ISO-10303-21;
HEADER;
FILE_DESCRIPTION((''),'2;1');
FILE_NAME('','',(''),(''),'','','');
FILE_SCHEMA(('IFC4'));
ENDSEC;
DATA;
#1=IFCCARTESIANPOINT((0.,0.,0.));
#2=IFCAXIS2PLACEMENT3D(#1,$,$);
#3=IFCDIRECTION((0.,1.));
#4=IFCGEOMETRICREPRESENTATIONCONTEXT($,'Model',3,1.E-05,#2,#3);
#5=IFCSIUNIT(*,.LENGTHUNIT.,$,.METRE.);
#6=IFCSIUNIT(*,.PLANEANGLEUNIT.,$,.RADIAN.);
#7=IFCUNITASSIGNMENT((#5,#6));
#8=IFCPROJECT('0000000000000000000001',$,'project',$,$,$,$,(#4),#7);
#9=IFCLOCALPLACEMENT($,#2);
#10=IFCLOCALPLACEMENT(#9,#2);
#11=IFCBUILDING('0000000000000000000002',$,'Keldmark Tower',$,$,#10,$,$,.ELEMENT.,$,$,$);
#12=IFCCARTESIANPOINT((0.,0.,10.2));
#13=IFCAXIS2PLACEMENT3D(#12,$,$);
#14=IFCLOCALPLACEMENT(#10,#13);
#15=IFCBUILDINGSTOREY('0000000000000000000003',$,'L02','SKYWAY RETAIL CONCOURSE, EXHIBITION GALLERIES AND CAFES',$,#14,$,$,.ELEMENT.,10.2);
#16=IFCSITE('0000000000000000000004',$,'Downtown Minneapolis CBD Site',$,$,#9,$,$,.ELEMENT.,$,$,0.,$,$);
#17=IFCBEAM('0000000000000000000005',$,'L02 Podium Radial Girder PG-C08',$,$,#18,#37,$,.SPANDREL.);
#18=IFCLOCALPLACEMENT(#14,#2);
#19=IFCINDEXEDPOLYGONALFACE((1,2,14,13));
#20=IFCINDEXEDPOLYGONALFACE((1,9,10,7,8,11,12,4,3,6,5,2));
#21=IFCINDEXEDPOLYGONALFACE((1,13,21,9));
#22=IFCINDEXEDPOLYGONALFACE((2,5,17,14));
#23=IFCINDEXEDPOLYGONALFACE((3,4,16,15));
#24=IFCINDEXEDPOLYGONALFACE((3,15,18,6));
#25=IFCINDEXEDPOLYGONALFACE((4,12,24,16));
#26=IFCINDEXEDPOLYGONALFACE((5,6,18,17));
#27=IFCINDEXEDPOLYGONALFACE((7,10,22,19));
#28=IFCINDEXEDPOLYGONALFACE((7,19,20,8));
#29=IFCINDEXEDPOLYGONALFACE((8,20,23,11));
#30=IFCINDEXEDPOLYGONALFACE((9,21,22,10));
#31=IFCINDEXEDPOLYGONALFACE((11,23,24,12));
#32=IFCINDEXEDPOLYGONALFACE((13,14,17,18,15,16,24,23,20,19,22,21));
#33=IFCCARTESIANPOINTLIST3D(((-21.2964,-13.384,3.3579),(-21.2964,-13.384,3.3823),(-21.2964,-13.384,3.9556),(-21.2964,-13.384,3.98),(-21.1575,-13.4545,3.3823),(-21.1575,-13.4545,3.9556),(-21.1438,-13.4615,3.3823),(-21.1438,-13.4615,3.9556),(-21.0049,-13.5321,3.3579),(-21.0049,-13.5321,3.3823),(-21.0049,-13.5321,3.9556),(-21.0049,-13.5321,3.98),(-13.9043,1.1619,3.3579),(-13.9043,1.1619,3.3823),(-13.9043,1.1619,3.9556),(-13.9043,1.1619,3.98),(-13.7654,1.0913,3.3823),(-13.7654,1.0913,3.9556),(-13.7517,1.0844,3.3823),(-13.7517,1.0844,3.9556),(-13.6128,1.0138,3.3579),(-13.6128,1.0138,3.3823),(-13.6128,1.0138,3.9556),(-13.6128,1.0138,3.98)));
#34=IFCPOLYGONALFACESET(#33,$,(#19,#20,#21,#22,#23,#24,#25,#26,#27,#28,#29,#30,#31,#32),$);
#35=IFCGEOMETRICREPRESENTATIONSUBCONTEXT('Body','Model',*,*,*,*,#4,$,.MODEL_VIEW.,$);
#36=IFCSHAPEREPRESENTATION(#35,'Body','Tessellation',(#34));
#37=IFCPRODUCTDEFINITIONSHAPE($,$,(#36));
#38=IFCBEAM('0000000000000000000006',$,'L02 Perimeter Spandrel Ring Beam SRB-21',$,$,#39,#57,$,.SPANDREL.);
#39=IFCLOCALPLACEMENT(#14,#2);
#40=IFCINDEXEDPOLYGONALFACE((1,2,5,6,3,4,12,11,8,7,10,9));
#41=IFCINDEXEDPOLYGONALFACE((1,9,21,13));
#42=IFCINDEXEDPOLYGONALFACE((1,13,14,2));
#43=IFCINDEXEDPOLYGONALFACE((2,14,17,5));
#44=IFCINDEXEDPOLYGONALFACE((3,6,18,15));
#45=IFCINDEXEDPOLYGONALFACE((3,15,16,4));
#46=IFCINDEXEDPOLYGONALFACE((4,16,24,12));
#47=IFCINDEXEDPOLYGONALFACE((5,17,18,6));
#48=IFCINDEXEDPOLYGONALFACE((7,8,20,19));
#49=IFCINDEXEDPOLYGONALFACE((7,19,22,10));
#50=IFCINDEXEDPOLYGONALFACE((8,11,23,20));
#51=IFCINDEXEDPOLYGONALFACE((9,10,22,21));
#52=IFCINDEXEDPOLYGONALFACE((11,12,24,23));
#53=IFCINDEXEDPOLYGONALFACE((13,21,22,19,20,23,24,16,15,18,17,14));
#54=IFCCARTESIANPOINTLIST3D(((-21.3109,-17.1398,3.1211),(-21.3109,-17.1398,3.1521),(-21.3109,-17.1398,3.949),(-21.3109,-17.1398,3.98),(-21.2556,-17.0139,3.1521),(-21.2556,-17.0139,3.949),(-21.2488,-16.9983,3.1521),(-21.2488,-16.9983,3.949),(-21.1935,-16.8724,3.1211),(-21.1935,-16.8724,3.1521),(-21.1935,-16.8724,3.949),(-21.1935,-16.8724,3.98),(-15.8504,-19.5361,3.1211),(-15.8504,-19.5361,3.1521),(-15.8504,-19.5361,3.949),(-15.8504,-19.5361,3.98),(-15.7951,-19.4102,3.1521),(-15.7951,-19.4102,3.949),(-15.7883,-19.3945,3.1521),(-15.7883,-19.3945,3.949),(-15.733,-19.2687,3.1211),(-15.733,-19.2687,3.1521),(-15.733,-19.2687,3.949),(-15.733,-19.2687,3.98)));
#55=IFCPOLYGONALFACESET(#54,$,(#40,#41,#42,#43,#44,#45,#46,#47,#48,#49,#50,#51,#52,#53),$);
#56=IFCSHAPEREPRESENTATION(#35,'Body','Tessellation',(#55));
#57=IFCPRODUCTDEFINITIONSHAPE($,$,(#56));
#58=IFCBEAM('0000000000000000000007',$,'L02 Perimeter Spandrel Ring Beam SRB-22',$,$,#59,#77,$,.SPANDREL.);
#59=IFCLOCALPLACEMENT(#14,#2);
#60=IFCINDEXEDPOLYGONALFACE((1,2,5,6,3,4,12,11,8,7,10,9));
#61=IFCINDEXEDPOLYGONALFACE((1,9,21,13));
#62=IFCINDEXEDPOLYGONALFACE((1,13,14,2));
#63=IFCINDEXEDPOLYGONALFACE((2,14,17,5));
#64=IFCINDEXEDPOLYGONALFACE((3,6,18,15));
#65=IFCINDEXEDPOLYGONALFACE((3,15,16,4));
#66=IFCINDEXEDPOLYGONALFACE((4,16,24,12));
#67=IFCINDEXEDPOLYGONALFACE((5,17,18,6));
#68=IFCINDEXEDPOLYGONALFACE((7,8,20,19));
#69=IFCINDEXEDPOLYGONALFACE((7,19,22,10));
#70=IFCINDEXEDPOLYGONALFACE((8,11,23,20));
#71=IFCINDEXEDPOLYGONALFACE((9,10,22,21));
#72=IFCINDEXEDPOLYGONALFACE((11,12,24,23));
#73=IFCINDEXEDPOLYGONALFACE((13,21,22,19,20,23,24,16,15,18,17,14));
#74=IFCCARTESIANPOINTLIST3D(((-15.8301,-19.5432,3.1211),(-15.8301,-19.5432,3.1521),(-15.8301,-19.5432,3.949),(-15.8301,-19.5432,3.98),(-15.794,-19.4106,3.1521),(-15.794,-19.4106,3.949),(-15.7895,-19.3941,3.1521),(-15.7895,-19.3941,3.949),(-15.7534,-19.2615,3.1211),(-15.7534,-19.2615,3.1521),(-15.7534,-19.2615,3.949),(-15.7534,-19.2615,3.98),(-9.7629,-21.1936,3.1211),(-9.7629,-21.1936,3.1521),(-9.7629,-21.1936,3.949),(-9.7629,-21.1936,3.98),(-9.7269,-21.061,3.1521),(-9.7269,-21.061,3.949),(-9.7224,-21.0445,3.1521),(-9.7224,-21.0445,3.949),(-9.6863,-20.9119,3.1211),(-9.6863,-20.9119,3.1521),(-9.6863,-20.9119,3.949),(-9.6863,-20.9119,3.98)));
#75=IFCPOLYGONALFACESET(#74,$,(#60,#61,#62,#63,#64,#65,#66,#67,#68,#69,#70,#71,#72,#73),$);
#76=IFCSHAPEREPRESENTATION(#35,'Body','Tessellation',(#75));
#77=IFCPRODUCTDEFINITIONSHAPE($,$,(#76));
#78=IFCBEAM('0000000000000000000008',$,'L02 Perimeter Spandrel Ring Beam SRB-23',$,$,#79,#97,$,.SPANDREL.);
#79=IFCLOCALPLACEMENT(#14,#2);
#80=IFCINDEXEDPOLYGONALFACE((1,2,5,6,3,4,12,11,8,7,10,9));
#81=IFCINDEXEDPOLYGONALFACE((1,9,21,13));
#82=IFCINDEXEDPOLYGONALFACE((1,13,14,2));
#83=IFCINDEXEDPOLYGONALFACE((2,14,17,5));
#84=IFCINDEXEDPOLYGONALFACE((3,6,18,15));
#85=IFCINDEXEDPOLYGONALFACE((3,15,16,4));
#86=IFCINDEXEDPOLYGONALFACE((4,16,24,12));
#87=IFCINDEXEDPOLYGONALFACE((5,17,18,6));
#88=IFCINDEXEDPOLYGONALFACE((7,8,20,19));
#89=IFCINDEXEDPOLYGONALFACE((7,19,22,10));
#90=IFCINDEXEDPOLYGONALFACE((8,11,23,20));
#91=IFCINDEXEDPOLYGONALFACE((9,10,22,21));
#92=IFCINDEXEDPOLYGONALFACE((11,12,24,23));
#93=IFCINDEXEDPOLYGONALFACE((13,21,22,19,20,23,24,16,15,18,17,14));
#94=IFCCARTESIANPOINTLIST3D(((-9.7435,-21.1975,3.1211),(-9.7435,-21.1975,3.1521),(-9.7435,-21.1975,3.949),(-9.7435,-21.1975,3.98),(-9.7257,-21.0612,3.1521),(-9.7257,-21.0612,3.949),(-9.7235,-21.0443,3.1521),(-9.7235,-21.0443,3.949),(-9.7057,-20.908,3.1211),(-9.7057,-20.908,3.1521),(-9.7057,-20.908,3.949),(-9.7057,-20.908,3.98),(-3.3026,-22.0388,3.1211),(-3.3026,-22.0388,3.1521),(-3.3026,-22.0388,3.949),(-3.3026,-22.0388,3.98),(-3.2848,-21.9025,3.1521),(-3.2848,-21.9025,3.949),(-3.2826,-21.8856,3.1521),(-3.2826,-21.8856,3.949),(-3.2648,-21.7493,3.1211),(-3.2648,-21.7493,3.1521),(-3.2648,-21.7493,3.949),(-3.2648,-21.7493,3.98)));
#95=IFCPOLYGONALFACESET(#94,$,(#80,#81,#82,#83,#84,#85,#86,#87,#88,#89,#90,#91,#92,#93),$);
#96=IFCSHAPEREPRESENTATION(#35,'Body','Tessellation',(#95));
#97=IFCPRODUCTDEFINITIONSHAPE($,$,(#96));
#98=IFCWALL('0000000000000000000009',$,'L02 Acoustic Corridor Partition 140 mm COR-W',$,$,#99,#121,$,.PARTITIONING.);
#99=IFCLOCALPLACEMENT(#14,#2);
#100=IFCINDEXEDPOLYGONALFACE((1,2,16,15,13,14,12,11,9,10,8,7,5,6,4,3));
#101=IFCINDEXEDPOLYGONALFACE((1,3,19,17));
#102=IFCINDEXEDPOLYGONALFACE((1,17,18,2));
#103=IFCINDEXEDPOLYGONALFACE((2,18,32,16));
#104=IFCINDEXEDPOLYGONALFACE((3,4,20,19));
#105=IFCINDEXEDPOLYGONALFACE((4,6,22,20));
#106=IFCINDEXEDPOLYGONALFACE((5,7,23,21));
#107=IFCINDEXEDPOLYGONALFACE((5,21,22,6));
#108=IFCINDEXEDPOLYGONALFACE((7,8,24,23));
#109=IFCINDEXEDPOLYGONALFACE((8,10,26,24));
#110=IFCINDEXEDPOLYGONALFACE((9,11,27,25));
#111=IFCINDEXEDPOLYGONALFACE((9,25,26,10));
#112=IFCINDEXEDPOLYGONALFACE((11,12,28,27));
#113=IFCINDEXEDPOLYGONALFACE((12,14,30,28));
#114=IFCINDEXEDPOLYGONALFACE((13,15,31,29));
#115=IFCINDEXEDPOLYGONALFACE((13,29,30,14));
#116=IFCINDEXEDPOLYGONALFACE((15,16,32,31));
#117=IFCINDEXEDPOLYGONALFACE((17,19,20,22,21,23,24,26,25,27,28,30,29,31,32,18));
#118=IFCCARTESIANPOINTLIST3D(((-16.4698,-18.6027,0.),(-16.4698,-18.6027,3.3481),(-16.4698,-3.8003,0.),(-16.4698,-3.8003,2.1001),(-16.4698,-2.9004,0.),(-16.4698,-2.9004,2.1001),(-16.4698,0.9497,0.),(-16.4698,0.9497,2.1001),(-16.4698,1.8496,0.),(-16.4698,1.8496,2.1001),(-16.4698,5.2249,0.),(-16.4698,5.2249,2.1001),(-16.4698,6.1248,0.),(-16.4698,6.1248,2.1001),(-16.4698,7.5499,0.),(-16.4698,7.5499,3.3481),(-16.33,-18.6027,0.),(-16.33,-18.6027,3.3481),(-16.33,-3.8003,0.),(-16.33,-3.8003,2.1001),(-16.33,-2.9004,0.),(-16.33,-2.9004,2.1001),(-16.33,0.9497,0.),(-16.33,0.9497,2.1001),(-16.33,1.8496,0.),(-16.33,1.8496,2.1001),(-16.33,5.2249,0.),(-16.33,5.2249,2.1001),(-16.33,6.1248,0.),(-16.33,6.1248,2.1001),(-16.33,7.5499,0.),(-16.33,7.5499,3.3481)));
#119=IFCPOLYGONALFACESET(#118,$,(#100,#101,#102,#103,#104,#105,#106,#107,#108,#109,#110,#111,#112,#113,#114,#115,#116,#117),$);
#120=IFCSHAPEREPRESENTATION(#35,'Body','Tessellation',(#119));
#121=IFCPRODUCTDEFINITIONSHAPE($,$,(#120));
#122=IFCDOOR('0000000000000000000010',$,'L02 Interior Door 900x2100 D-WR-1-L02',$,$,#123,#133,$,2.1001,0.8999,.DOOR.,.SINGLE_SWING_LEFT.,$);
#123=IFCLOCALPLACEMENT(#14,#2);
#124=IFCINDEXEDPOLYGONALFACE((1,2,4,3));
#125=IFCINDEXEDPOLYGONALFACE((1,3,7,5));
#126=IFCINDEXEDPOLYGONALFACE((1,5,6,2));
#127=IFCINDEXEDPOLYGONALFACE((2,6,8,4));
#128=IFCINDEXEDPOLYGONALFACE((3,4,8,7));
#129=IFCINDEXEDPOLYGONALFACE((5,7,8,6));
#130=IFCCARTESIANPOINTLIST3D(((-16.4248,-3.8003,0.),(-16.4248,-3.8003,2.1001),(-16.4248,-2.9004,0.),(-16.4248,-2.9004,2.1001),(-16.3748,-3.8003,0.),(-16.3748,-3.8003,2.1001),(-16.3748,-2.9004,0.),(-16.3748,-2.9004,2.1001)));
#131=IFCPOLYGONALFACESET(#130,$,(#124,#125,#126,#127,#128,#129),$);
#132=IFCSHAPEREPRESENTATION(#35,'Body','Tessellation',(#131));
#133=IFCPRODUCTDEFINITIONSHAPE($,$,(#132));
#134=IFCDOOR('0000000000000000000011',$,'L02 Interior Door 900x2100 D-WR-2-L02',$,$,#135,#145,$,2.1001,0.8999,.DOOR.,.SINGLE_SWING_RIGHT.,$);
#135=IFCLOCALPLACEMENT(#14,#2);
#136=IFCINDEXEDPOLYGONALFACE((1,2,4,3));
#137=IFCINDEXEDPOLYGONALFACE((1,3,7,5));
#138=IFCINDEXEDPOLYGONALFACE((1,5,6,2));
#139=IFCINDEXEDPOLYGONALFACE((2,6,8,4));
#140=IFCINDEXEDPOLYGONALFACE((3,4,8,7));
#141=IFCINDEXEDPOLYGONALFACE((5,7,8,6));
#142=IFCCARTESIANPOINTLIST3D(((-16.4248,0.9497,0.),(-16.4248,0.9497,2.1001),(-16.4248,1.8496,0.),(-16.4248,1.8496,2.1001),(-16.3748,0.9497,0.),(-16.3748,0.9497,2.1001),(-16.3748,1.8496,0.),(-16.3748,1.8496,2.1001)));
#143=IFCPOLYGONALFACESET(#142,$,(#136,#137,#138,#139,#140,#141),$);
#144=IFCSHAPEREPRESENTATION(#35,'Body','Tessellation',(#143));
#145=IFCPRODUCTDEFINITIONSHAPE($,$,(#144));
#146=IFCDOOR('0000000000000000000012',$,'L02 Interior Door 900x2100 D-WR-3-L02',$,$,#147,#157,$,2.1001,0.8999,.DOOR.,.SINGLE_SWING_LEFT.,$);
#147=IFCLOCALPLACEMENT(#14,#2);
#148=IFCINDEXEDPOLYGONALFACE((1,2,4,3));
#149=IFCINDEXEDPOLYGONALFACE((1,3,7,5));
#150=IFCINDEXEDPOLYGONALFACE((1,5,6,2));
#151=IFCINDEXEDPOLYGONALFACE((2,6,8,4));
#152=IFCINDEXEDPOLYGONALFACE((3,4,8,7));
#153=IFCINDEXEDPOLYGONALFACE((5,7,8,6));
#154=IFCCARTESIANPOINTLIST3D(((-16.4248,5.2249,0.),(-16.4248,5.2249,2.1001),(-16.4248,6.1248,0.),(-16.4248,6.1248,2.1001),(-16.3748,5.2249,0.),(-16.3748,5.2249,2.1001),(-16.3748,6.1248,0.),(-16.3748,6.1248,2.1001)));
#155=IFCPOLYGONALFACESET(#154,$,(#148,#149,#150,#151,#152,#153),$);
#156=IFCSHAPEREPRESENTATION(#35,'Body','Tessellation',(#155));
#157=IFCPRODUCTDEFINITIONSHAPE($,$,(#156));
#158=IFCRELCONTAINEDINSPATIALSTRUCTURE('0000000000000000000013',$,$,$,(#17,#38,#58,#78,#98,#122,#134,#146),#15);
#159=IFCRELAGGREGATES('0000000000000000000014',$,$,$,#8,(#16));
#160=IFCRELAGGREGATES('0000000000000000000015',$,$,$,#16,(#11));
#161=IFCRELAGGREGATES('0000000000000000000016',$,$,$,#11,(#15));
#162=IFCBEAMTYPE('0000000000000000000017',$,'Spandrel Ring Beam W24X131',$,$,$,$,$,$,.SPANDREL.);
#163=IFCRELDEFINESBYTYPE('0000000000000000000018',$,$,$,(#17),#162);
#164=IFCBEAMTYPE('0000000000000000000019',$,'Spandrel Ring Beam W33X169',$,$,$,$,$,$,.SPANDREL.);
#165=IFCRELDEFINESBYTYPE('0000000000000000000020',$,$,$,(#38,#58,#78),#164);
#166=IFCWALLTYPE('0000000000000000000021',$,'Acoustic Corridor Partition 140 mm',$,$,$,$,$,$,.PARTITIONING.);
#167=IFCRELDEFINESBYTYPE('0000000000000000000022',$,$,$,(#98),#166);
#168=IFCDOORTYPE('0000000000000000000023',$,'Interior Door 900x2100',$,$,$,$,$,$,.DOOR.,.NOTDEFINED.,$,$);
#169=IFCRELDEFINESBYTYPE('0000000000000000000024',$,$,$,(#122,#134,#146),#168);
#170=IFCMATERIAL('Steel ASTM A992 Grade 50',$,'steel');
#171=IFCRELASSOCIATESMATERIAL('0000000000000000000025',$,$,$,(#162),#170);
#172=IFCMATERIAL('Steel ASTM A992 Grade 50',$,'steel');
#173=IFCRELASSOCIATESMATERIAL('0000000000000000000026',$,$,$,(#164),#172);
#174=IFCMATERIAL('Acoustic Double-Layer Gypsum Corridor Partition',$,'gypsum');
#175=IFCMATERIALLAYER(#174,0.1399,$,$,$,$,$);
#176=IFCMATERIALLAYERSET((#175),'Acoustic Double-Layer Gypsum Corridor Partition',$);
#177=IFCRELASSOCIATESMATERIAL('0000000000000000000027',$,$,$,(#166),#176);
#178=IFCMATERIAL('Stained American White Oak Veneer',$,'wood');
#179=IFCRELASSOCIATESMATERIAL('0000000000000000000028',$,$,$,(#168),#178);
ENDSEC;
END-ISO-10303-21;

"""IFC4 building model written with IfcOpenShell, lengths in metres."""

from ifc_helpers import new_model, si_unit, direction, frame, frame_2d, origin, origin_2d, place, context, subcontext, project, spatial, rectangle, i_section, extrude, material, layer, layer_set, material_profile, profile_set, type_object, element, fill, save


model = new_model("IFC4")

# Units and contexts
model_context = context("Model", 3, precision=1e-05, world=origin(), true_north=direction((0.0, 1.0)))
body_context = subcontext(model_context, "Body", "Model", "MODEL_VIEW")
ifc_project = project(units=[si_unit("LENGTHUNIT", "METRE"), si_unit("PLANEANGLEUNIT", "RADIAN")], contexts=[model_context])

# Site, building, storey
site_placement = place(None, origin())
site = spatial("IfcSite", under=ifc_project, at=site_placement, Name="Downtown Minneapolis CBD Site", CompositionType="ELEMENT", RefElevation=0.0)
building_placement = place(site_placement, origin())
building = spatial("IfcBuilding", under=site, at=building_placement, Name="Keldmark Tower", CompositionType="ELEMENT")
storey_placement = place(building_placement, frame((0.0, 0.0, 10.2)))
storey = spatial("IfcBuildingStorey", under=building, at=storey_placement, Name="L02", Description="SKYWAY RETAIL CONCOURSE, EXHIBITION GALLERIES AND CAFES", CompositionType="ELEMENT", Elevation=10.2)

# Beams
ifc_material_1 = material(Name="Steel ASTM A992 Grade 50", Category="steel")
ifc_material_profile_1 = material_profile(ifc_material_1, i_section(OverallWidth=0.3269, OverallDepth=0.6221, WebThickness=0.0154, FlangeThickness=0.0244, at=origin_2d()), Name="W24X131")
ifc_profile_set_1 = profile_set([ifc_material_profile_1], Name="Steel ASTM A992 Grade 50")
beam_type_1 = type_object("IfcBeamType", Name="Spandrel Ring Beam W24X131", PredefinedType="SPANDREL", material=ifc_profile_set_1)
beam_1_placement = place(storey_placement, frame((-21.1506, -13.458, 3.6689), z_axis=(0.453046, 0.891487, 0.0), x_axis=(-0.891487, 0.453046, 0.0)))
element("IfcBeam", 1, at=beam_1_placement, inside=storey, type_object=beam_type_1, Name="L02 Podium Radial Girder PG-C08", PredefinedType="SPANDREL", context=body_context, shape_type="SweptSolid", body=[
    extrude(i_section(OverallWidth=0.3269, OverallDepth=0.6221, WebThickness=0.0154, FlangeThickness=0.0244, at=origin_2d()), origin(), (0.0, 0.0, 1.0), 16.3164),
])
ifc_material_2 = material(Name="Steel ASTM A992 Grade 50", Category="steel")
ifc_material_profile_2 = material_profile(ifc_material_2, i_section(OverallWidth=0.292, OverallDepth=0.8589, WebThickness=0.0171, FlangeThickness=0.031, at=origin_2d()), Name="W33X169")
ifc_profile_set_2 = profile_set([ifc_material_profile_2], Name="Steel ASTM A992 Grade 50")
beam_type_2 = type_object("IfcBeamType", Name="Spandrel Ring Beam W33X169", PredefinedType="SPANDREL", material=ifc_profile_set_2)
beam_2_placement = place(storey_placement, frame((-21.2522, -17.0061, 3.5505), z_axis=(0.915708, -0.401845, 0.0), x_axis=(0.401845, 0.915708, 0.0)))
element("IfcBeam", 2, at=beam_2_placement, inside=storey, type_object=beam_type_2, Name="L02 Perimeter Spandrel Ring Beam SRB-21", PredefinedType="SPANDREL", context=body_context, shape_type="SweptSolid", body=[
    extrude(i_section(OverallWidth=0.292, OverallDepth=0.8589, WebThickness=0.0171, FlangeThickness=0.031, at=origin_2d()), origin(), (0.0, 0.0, 1.0), 5.9631),
])
beam_3_placement = place(storey_placement, frame((-15.7917, -19.4023, 3.5505), z_axis=(0.964937, -0.262483, 0.0), x_axis=(0.262483, 0.964937, 0.0)))
element("IfcBeam", 3, at=beam_3_placement, inside=storey, type_object=beam_type_2, Name="L02 Perimeter Spandrel Ring Beam SRB-22", PredefinedType="SPANDREL", context=body_context, shape_type="SweptSolid", body=[
    extrude(i_section(OverallWidth=0.292, OverallDepth=0.8589, WebThickness=0.0171, FlangeThickness=0.031, at=origin_2d()), origin(), (0.0, 0.0, 1.0), 6.2876),
])
beam_4_placement = place(storey_placement, frame((-9.7246, -21.0527, 3.5505), z_axis=(0.991577, -0.129519, 0.0), x_axis=(0.129519, 0.991577, 0.0)))
element("IfcBeam", 4, at=beam_4_placement, inside=storey, type_object=beam_type_2, Name="L02 Perimeter Spandrel Ring Beam SRB-23", PredefinedType="SPANDREL", context=body_context, shape_type="SweptSolid", body=[
    extrude(i_section(OverallWidth=0.292, OverallDepth=0.8589, WebThickness=0.0171, FlangeThickness=0.031, at=origin_2d()), origin(), (0.0, 0.0, 1.0), 6.4956),
])

# Wall, openings, doors
ifc_material_3 = material(Name="Acoustic Double-Layer Gypsum Corridor Partition", Category="gypsum")
ifc_layer_1 = layer(ifc_material_3, 0.1399)
ifc_layer_set_1 = layer_set([ifc_layer_1], Name="Acoustic Double-Layer Gypsum Corridor Partition")
wall_type_1 = type_object("IfcWallType", Name="Acoustic Corridor Partition 140 mm", PredefinedType="PARTITIONING", material=ifc_layer_set_1)
wall_1_placement = place(storey_placement, frame((-16.3999, -18.6025, 0.0), z_axis=(0.0, 0.0, 1.0), x_axis=(0.0, 1.0, 0.0)))
wall_1 = element("IfcWall", 5, at=wall_1_placement, inside=storey, type_object=wall_type_1, Name="L02 Acoustic Corridor Partition 140 mm COR-W", PredefinedType="PARTITIONING", context=body_context, shape_type="SweptSolid", body=[
    extrude(rectangle(XDim=26.1526, YDim=0.1399, at=frame_2d((13.0762, 0.0))), origin(), (0.0, 0.0, 1.0), 3.3481),
])
opening_1_placement = place(wall_1_placement, frame((14.8022, 0.0, 0.0)))
opening_1 = element("IfcOpeningElement", 6, at=opening_1_placement, cuts=wall_1, PredefinedType="OPENING", context=body_context, shape_type="SweptSolid", body=[
    extrude(rectangle(XDim=0.8999, YDim=2.1001, at=frame_2d((0.45, 1.05))), frame((0.0, 0.0798, 0.0), z_axis=(0.0, -1.0, 0.0), x_axis=(1.0, 0.0, 0.0)), (0.0, 0.0, 1.0), 0.1599),
])
opening_2_placement = place(wall_1_placement, frame((19.5522, 0.0, 0.0)))
opening_2 = element("IfcOpeningElement", 7, at=opening_2_placement, cuts=wall_1, PredefinedType="OPENING", context=body_context, shape_type="SweptSolid", body=[
    extrude(rectangle(XDim=0.8999, YDim=2.1001, at=frame_2d((0.45, 1.05))), frame((0.0, 0.0798, 0.0), z_axis=(0.0, -1.0, 0.0), x_axis=(1.0, 0.0, 0.0)), (0.0, 0.0, 1.0), 0.1599),
])
opening_3_placement = place(wall_1_placement, frame((23.8274, 0.0, 0.0)))
opening_3 = element("IfcOpeningElement", 8, at=opening_3_placement, cuts=wall_1, PredefinedType="OPENING", context=body_context, shape_type="SweptSolid", body=[
    extrude(rectangle(XDim=0.8999, YDim=2.1001, at=frame_2d((0.45, 1.05))), frame((0.0, 0.0798, 0.0), z_axis=(0.0, -1.0, 0.0), x_axis=(1.0, 0.0, 0.0)), (0.0, 0.0, 1.0), 0.1599),
])
ifc_material_4 = material(Name="Stained American White Oak Veneer", Category="wood")
door_type = type_object("IfcDoorType", Name="Interior Door 900x2100", OperationType="NOTDEFINED", PredefinedType="DOOR", material=ifc_material_4)
door_1_placement = place(opening_1_placement, origin())
door_1 = element("IfcDoor", 9, at=door_1_placement, inside=storey, type_object=door_type, Name="L02 Interior Door 900x2100 D-WR-1-L02", OperationType="SINGLE_SWING_LEFT", OverallHeight=2.1001, OverallWidth=0.8999, PredefinedType="DOOR", context=body_context, shape_type="SweptSolid", body=[
    extrude(rectangle(XDim=0.8999, YDim=2.1001, at=frame_2d((0.45, 1.05))), frame((0.0, 0.0249, 0.0), z_axis=(0.0, -1.0, 0.0), x_axis=(1.0, 0.0, 0.0)), (0.0, 0.0, 1.0), 0.05),
])
fill(opening_1, door_1)
door_2_placement = place(opening_2_placement, origin())
door_2 = element("IfcDoor", 10, at=door_2_placement, inside=storey, type_object=door_type, Name="L02 Interior Door 900x2100 D-WR-2-L02", OperationType="SINGLE_SWING_RIGHT", OverallHeight=2.1001, OverallWidth=0.8999, PredefinedType="DOOR", context=body_context, shape_type="SweptSolid", body=[
    extrude(rectangle(XDim=0.8999, YDim=2.1001, at=frame_2d((0.45, 1.05))), frame((0.0, 0.0249, 0.0), z_axis=(0.0, -1.0, 0.0), x_axis=(1.0, 0.0, 0.0)), (0.0, 0.0, 1.0), 0.05),
])
fill(opening_2, door_2)
door_3_placement = place(opening_3_placement, origin())
door_3 = element("IfcDoor", 11, at=door_3_placement, inside=storey, type_object=door_type, Name="L02 Interior Door 900x2100 D-WR-3-L02", OperationType="SINGLE_SWING_LEFT", OverallHeight=2.1001, OverallWidth=0.8999, PredefinedType="DOOR", context=body_context, shape_type="SweptSolid", body=[
    extrude(rectangle(XDim=0.8999, YDim=2.1001, at=frame_2d((0.45, 1.05))), frame((0.0, 0.0249, 0.0), z_axis=(0.0, -1.0, 0.0), x_axis=(1.0, 0.0, 0.0)), (0.0, 0.0, 1.0), 0.05),
])
fill(opening_3, door_3)

save(model, "model.ifc")
